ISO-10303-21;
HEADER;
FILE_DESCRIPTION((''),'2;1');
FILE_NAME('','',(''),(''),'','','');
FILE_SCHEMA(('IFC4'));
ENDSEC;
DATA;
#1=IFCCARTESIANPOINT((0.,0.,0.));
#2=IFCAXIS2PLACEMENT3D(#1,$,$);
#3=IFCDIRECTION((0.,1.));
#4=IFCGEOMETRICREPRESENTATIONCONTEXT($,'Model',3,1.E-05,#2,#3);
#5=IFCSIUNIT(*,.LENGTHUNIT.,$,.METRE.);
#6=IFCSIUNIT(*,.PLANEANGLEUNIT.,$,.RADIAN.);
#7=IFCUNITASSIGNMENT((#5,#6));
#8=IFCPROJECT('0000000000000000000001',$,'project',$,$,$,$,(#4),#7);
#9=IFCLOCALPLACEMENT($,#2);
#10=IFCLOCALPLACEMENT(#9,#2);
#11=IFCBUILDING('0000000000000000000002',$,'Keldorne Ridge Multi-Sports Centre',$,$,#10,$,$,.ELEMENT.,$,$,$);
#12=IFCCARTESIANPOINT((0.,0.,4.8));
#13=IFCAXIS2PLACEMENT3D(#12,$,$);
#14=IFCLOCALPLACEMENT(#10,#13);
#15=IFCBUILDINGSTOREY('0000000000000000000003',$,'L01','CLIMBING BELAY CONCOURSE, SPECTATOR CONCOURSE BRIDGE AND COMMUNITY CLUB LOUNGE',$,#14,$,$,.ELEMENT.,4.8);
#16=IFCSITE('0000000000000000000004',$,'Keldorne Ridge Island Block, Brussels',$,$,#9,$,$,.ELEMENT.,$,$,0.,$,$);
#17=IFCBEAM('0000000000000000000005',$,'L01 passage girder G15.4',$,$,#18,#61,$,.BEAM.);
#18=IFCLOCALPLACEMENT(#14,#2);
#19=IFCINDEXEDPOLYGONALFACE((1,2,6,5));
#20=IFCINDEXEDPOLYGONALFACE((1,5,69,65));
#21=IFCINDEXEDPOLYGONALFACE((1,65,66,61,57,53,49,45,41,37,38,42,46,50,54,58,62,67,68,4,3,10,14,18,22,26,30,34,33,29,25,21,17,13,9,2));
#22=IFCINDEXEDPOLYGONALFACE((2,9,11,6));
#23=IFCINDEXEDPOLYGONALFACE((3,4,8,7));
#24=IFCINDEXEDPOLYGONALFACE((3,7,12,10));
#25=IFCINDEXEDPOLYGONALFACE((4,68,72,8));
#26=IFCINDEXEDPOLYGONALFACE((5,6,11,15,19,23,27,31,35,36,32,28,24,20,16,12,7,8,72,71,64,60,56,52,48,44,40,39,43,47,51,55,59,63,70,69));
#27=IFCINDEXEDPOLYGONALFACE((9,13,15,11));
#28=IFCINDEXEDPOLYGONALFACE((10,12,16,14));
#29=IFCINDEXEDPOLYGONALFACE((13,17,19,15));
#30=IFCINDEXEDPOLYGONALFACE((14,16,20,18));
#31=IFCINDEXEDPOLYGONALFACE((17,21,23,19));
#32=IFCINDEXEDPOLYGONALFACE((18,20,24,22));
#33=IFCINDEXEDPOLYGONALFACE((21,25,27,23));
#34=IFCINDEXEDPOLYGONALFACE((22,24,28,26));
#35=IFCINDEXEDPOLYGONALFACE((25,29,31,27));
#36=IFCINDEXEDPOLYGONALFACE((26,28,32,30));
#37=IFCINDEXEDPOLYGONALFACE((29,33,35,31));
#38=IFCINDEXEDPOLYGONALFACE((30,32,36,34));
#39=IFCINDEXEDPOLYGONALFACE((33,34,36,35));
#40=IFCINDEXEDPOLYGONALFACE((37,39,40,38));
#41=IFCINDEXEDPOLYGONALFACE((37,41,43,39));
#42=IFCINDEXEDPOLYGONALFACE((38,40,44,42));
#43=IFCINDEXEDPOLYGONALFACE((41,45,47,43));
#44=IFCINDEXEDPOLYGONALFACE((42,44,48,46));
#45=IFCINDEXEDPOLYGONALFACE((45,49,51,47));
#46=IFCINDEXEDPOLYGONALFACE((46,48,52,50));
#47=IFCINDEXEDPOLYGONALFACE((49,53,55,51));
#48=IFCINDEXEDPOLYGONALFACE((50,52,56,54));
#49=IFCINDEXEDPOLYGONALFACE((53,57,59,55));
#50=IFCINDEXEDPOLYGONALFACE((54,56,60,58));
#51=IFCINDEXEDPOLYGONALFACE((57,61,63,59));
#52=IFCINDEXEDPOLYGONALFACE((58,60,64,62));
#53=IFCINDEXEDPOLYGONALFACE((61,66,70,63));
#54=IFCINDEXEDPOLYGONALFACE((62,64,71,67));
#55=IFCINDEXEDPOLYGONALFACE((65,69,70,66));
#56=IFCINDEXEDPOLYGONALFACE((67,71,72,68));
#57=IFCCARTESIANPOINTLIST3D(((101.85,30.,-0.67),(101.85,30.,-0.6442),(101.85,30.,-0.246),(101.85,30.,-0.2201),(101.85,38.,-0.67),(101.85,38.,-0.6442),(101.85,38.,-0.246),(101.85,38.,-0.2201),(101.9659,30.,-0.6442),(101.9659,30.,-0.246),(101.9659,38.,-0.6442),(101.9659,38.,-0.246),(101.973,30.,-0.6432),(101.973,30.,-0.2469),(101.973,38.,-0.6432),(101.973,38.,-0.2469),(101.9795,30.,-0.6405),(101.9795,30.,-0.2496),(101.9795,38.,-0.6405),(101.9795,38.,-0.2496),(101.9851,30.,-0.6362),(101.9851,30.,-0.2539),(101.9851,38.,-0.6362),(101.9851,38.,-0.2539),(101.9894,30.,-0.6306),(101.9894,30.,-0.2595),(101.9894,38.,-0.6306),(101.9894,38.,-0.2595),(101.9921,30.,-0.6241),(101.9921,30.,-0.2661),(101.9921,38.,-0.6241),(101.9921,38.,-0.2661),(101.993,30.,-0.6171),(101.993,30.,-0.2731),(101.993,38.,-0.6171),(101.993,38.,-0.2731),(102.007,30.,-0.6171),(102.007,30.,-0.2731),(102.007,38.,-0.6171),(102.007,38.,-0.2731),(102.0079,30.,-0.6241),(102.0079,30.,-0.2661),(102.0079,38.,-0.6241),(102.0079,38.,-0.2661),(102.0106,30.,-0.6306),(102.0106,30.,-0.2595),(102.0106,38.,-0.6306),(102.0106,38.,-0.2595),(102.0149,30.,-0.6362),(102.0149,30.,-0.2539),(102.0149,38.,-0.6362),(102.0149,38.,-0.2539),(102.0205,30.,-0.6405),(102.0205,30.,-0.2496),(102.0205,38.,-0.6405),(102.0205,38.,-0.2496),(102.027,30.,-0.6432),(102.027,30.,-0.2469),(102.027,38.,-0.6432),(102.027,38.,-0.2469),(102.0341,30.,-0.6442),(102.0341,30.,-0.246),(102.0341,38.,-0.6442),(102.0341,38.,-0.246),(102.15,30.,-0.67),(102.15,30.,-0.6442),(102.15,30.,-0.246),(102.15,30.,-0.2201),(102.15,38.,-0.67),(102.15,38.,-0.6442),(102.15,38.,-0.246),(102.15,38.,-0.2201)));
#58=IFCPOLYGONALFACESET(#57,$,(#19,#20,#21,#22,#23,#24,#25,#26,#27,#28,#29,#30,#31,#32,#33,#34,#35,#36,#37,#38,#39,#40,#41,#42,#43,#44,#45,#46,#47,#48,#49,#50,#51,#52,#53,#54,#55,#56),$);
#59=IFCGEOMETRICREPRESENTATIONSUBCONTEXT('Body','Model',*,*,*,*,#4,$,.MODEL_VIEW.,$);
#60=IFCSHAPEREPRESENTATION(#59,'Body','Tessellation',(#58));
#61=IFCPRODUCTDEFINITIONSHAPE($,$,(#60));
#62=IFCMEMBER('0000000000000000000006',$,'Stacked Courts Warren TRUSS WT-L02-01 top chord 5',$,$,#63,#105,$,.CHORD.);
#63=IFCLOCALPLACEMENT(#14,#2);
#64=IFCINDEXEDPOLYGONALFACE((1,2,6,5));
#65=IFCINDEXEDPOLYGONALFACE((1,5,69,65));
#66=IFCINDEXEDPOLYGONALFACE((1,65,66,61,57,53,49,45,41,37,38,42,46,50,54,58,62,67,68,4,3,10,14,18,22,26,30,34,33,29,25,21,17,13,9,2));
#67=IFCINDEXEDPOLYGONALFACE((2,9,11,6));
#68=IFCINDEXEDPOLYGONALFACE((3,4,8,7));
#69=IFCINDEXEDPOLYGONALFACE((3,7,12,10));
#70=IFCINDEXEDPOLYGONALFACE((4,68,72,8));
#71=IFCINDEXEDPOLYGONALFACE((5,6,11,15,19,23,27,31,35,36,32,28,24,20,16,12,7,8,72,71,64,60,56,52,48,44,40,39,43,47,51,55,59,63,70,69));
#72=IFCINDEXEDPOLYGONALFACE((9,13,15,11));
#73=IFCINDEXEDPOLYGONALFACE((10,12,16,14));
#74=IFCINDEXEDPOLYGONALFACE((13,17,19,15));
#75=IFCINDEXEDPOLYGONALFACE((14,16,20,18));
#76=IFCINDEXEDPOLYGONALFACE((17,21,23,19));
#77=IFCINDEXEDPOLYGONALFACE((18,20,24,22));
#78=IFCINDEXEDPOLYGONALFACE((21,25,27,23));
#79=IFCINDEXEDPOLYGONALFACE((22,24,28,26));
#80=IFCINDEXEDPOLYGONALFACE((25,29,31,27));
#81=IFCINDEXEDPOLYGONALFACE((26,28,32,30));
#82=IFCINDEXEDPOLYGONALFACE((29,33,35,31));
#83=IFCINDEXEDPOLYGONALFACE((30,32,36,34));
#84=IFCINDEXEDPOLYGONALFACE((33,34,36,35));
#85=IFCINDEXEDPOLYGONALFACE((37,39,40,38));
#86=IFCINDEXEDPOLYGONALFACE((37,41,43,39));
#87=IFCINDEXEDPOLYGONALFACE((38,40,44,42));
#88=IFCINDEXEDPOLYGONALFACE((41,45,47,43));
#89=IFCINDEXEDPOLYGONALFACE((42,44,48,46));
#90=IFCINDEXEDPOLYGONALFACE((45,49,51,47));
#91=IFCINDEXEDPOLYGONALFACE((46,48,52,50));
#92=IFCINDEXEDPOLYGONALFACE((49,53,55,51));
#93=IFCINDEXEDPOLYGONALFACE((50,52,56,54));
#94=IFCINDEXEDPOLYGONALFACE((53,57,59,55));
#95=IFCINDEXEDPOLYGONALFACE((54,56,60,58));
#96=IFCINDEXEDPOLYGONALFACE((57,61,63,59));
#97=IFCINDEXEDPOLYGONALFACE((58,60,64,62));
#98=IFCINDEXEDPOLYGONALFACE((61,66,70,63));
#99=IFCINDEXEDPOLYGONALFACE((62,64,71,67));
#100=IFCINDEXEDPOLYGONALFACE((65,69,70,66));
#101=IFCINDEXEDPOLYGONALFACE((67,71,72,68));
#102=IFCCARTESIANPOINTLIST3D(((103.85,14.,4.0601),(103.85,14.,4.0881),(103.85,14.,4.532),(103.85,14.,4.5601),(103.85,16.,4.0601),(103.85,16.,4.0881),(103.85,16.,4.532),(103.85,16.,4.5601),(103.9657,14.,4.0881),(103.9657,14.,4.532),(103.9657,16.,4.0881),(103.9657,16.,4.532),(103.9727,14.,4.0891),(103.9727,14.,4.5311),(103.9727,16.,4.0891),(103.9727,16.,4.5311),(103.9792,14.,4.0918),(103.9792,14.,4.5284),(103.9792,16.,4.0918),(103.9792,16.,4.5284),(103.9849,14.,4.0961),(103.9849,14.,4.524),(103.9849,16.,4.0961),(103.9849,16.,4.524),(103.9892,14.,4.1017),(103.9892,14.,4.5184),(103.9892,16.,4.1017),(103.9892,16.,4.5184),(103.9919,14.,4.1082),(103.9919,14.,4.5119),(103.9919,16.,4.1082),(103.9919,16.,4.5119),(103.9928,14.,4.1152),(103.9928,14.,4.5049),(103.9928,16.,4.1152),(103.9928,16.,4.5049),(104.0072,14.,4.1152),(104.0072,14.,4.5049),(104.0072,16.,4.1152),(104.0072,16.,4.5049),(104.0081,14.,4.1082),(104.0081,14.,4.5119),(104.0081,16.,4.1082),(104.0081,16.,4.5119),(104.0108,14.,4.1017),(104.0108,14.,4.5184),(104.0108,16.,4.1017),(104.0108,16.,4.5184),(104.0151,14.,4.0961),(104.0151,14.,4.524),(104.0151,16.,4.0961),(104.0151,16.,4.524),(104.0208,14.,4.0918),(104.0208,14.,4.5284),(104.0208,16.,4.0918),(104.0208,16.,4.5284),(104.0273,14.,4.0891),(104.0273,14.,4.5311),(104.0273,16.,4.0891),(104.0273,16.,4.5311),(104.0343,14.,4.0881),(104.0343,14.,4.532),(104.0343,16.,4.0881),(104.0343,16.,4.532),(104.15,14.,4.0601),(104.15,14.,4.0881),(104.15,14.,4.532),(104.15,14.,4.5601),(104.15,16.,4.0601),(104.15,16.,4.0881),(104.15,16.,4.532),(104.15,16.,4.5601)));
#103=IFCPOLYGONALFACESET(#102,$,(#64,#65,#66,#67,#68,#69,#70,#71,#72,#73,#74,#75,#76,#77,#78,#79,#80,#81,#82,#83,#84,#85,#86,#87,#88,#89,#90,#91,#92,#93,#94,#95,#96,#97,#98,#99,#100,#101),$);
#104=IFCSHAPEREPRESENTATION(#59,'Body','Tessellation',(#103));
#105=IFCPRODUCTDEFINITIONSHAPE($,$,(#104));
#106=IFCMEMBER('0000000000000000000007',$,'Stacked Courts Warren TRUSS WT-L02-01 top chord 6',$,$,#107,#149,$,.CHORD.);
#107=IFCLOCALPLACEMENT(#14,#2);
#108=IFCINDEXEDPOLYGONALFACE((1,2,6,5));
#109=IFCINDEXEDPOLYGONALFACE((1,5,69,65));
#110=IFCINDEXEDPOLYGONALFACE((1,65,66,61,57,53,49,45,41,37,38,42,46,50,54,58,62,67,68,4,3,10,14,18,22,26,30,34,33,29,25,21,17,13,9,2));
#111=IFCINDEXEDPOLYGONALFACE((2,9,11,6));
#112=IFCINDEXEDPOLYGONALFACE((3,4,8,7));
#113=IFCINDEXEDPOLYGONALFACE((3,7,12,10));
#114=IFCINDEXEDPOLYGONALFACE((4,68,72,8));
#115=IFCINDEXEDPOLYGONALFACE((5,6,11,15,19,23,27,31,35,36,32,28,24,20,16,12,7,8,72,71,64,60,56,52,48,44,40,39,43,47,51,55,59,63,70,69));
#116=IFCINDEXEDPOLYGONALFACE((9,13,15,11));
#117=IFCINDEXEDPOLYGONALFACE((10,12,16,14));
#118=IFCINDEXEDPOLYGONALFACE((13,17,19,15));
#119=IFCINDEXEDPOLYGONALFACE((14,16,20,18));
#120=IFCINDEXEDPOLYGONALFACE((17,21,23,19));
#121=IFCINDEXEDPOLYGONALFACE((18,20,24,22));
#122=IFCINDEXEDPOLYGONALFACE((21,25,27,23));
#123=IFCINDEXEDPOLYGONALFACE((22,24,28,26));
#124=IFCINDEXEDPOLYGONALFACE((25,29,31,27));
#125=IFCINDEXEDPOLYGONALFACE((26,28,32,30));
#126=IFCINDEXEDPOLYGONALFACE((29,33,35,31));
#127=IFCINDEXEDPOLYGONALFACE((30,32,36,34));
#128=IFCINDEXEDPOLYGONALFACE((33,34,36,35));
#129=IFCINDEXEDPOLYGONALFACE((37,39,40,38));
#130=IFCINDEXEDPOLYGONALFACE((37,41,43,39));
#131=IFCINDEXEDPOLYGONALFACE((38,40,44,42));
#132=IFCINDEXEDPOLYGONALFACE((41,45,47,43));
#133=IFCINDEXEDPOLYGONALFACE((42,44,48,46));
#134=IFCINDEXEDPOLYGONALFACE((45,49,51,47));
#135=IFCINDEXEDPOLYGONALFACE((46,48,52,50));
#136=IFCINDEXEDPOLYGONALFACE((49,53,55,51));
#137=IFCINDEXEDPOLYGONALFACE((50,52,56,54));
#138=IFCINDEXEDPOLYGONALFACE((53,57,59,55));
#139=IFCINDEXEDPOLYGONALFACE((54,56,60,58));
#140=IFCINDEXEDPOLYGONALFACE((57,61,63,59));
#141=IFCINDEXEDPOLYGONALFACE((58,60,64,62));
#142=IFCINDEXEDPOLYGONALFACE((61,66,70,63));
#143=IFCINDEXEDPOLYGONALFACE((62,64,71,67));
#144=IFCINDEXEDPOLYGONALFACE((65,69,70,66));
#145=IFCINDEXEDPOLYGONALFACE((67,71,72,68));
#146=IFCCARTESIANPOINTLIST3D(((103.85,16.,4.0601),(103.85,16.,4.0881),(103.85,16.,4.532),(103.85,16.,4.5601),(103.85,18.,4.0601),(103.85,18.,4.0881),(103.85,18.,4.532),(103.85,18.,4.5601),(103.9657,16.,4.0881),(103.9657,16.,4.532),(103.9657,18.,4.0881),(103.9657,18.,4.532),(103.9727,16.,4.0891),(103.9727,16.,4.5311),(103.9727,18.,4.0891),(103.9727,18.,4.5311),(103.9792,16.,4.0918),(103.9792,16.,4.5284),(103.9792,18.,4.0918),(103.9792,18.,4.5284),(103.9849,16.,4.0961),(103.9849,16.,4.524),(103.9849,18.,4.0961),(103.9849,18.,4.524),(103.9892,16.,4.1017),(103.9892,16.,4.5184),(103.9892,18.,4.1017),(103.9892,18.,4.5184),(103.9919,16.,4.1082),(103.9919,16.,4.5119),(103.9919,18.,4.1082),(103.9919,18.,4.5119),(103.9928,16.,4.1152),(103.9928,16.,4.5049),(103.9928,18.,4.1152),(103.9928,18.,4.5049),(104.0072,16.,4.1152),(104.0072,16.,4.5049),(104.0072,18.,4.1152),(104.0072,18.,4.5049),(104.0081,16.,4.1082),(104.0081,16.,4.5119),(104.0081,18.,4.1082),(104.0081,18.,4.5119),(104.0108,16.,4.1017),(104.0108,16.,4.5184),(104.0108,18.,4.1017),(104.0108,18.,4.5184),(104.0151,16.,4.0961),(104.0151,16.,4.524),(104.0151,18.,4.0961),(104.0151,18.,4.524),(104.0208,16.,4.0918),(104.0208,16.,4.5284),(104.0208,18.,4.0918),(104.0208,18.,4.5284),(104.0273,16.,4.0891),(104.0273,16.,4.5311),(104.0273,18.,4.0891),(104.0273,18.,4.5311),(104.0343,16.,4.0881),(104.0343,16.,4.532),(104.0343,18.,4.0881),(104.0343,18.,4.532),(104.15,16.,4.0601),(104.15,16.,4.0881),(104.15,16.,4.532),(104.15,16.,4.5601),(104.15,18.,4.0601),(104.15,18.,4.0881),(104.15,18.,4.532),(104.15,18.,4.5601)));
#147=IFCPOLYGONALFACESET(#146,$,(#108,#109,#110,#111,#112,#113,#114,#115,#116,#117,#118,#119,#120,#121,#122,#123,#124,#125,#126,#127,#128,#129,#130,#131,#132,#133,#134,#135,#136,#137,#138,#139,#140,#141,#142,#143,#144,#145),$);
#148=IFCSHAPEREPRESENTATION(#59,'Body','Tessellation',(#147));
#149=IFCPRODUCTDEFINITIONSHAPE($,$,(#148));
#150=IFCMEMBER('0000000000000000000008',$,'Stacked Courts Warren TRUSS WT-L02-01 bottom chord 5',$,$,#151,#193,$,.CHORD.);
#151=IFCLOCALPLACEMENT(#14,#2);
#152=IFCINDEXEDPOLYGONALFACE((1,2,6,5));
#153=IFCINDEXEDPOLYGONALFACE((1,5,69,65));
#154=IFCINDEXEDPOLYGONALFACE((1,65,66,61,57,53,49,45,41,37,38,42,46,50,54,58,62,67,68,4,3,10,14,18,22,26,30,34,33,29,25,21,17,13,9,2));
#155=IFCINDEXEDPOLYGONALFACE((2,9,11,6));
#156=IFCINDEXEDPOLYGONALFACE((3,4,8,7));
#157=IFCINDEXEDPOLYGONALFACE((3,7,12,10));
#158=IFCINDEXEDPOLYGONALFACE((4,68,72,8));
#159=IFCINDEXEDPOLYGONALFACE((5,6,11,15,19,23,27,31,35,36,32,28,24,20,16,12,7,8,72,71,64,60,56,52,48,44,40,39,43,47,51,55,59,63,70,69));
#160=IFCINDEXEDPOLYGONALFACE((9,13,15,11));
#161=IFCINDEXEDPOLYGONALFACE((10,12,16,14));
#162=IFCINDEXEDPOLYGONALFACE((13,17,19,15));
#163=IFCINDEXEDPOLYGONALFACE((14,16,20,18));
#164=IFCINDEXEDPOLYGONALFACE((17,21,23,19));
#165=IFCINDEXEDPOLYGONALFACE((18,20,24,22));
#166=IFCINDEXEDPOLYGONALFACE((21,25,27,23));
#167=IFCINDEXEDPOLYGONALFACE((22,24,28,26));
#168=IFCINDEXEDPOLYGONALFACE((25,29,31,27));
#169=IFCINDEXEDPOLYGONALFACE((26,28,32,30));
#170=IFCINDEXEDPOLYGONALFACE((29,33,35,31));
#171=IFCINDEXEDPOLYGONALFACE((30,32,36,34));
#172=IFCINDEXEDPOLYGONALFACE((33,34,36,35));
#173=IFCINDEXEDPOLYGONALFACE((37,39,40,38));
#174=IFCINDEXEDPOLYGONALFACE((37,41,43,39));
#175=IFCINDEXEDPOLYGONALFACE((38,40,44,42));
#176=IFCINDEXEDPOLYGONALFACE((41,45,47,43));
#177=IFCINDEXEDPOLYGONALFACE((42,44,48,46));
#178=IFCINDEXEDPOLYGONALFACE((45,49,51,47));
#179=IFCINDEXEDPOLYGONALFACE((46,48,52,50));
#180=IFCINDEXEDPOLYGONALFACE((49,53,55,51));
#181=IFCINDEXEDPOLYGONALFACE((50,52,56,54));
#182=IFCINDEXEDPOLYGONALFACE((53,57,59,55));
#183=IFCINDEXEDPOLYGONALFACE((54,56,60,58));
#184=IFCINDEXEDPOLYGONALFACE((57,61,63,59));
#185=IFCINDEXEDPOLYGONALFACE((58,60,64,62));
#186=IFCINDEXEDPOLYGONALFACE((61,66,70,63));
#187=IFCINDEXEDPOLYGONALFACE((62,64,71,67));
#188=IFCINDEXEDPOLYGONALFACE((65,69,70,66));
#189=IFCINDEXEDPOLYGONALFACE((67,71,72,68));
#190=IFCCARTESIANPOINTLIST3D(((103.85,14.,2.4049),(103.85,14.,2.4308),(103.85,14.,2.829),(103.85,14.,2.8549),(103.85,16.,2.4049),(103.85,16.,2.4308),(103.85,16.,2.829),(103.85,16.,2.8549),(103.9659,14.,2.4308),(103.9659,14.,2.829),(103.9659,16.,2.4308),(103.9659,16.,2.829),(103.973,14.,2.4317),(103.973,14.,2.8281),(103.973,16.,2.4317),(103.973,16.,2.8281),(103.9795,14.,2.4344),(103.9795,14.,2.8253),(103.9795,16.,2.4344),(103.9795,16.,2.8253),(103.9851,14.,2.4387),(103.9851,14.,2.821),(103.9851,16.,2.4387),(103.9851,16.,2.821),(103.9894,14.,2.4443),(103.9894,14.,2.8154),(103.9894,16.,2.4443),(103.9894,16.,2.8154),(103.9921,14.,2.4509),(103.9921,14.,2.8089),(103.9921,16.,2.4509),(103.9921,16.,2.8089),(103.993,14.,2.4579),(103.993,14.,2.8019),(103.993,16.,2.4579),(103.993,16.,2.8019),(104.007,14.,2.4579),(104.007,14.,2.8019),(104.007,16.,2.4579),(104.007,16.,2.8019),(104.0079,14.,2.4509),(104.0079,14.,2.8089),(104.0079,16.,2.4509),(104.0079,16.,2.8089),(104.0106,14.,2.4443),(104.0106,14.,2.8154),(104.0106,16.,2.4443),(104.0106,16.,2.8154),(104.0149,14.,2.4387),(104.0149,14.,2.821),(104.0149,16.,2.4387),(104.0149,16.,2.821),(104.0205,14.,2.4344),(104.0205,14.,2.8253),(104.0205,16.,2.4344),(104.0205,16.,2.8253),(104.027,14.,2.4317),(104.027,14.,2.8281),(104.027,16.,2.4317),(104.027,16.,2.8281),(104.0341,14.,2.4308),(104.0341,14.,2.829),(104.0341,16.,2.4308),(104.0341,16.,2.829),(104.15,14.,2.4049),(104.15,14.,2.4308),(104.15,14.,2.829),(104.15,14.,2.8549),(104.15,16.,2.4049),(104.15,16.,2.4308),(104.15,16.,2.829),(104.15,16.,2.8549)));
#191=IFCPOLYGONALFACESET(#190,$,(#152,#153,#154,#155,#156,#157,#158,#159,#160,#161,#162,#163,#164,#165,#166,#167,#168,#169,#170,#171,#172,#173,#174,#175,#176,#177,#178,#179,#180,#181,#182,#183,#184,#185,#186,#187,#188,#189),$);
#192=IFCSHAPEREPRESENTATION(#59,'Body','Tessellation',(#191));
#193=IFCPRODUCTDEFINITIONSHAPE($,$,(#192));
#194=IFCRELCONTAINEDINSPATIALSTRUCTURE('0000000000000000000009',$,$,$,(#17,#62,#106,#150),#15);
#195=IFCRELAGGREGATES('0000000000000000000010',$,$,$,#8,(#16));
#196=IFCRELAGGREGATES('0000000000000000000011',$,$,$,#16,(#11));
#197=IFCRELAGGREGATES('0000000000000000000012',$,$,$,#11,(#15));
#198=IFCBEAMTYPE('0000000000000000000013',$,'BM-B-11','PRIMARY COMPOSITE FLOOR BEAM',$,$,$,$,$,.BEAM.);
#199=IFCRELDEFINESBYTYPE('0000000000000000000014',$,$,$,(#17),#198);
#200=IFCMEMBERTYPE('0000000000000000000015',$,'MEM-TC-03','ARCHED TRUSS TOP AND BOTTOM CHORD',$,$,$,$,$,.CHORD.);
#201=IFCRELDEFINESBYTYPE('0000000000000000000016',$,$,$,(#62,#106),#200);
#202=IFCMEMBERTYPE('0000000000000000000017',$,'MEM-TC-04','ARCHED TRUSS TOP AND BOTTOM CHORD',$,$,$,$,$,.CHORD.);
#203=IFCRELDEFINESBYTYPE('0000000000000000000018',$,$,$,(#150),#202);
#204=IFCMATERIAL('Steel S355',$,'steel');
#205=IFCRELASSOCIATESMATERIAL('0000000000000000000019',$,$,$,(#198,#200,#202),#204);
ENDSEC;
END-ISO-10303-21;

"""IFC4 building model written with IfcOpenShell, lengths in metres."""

from ifc_helpers import new_model, si_unit, direction, frame, origin, origin_2d, place, context, subcontext, project, spatial, i_section, extrude, material, material_profile, profile_set, type_object, element, save


model = new_model("IFC4")

# Units and contexts
model_context = context("Model", 3, precision=1e-05, world=origin(), true_north=direction((0.0, 1.0)))
body_context = subcontext(model_context, "Body", "Model", "MODEL_VIEW")
ifc_project = project(units=[si_unit("LENGTHUNIT", "METRE"), si_unit("PLANEANGLEUNIT", "RADIAN")], contexts=[model_context])

# Site, building, storey
site_placement = place(None, origin())
site = spatial("IfcSite", under=ifc_project, at=site_placement, Name="Keldorne Ridge Island Block, Brussels", CompositionType="ELEMENT", RefElevation=0.0)
building_placement = place(site_placement, origin())
building = spatial("IfcBuilding", under=site, at=building_placement, Name="Keldorne Ridge Multi-Sports Centre", CompositionType="ELEMENT")
storey_placement = place(building_placement, frame((0.0, 0.0, 4.8)))
storey = spatial("IfcBuildingStorey", under=building, at=storey_placement, Name="L01", Description="CLIMBING BELAY CONCOURSE, SPECTATOR CONCOURSE BRIDGE AND COMMUNITY CLUB LOUNGE", CompositionType="ELEMENT", Elevation=4.8)

# Shared definitions
ifc_material_1 = material(Name="Steel S355", Category="steel")

# Beam
ifc_material_profile_1 = material_profile(ifc_material_1, i_section(OverallWidth=0.3, OverallDepth=0.45, WebThickness=0.0139, FlangeThickness=0.0259, FilletRadius=0.0271, at=origin_2d()), Name="HEB 450")
ifc_profile_set_1 = profile_set([ifc_material_profile_1], Name="Steel S355")
beam_type_1 = type_object("IfcBeamType", Name="BM-B-11", Description="PRIMARY COMPOSITE FLOOR BEAM", PredefinedType="BEAM", material=ifc_profile_set_1)
for number, where, z_axis, x_axis, name in (
    (1, (102.0, 30.0, -0.4451), (0.0, 1.0, 0.0), (-1.0, 0.0, 0.0), "L01 passage girder G15.4"),
):
    element("IfcBeam", number, at=place(storey_placement, frame(where, z_axis=z_axis, x_axis=x_axis)), inside=storey, type_object=beam_type_1, Name=name, PredefinedType="BEAM", context=body_context, shape_type="SweptSolid", body=[
        extrude(i_section(OverallWidth=0.3, OverallDepth=0.45, WebThickness=0.0139, FlangeThickness=0.0259, FilletRadius=0.0271, at=origin_2d()), origin(), (0.0, 0.0, 1.0), 8.0),
    ])

# Members
ifc_material_profile_2 = material_profile(ifc_material_1, i_section(OverallWidth=0.3, OverallDepth=0.5, WebThickness=0.0144, FlangeThickness=0.0281, FilletRadius=0.0271, at=origin_2d()), Name="HEB 500")
ifc_profile_set_2 = profile_set([ifc_material_profile_2], Name="Steel S355")
member_type_1 = type_object("IfcMemberType", Name="MEM-TC-03", Description="ARCHED TRUSS TOP AND BOTTOM CHORD", PredefinedType="CHORD", material=ifc_profile_set_2)
for number, where, z_axis, x_axis, name in (
    (2, (104.0, 14.0, 4.3101), (0.0, 1.0, 0.0), (-1.0, 0.0, 0.0), "Stacked Courts Warren TRUSS WT-L02-01 top chord 5"),
    (3, (104.0, 16.0, 4.3101), (0.0, 1.0, 0.0), (-1.0, 0.0, 0.0), "Stacked Courts Warren TRUSS WT-L02-01 top chord 6"),
):
    element("IfcMember", number, at=place(storey_placement, frame(where, z_axis=z_axis, x_axis=x_axis)), inside=storey, type_object=member_type_1, Name=name, PredefinedType="CHORD", context=body_context, shape_type="SweptSolid", body=[
        extrude(i_section(OverallWidth=0.3, OverallDepth=0.5, WebThickness=0.0144, FlangeThickness=0.0281, FilletRadius=0.0271, at=origin_2d()), origin(), (0.0, 0.0, 1.0), 2.0),
    ])
ifc_material_profile_3 = material_profile(ifc_material_1, i_section(OverallWidth=0.3, OverallDepth=0.45, WebThickness=0.0139, FlangeThickness=0.0259, FilletRadius=0.0271, at=origin_2d()), Name="HEB 450")
ifc_profile_set_3 = profile_set([ifc_material_profile_3], Name="Steel S355")
member_type_2 = type_object("IfcMemberType", Name="MEM-TC-04", Description="ARCHED TRUSS TOP AND BOTTOM CHORD", PredefinedType="CHORD", material=ifc_profile_set_3)
member_1_placement = place(storey_placement, frame((104.0, 14.0, 2.6299), z_axis=(0.0, 1.0, 0.0), x_axis=(-1.0, 0.0, 0.0)))
element("IfcMember", 4, at=member_1_placement, inside=storey, type_object=member_type_2, Name="Stacked Courts Warren TRUSS WT-L02-01 bottom chord 5", PredefinedType="CHORD", context=body_context, shape_type="SweptSolid", body=[
    extrude(i_section(OverallWidth=0.3, OverallDepth=0.45, WebThickness=0.0139, FlangeThickness=0.0259, FilletRadius=0.0271, at=origin_2d()), origin(), (0.0, 0.0, 1.0), 2.0),
])

save(model, "model.ifc")
